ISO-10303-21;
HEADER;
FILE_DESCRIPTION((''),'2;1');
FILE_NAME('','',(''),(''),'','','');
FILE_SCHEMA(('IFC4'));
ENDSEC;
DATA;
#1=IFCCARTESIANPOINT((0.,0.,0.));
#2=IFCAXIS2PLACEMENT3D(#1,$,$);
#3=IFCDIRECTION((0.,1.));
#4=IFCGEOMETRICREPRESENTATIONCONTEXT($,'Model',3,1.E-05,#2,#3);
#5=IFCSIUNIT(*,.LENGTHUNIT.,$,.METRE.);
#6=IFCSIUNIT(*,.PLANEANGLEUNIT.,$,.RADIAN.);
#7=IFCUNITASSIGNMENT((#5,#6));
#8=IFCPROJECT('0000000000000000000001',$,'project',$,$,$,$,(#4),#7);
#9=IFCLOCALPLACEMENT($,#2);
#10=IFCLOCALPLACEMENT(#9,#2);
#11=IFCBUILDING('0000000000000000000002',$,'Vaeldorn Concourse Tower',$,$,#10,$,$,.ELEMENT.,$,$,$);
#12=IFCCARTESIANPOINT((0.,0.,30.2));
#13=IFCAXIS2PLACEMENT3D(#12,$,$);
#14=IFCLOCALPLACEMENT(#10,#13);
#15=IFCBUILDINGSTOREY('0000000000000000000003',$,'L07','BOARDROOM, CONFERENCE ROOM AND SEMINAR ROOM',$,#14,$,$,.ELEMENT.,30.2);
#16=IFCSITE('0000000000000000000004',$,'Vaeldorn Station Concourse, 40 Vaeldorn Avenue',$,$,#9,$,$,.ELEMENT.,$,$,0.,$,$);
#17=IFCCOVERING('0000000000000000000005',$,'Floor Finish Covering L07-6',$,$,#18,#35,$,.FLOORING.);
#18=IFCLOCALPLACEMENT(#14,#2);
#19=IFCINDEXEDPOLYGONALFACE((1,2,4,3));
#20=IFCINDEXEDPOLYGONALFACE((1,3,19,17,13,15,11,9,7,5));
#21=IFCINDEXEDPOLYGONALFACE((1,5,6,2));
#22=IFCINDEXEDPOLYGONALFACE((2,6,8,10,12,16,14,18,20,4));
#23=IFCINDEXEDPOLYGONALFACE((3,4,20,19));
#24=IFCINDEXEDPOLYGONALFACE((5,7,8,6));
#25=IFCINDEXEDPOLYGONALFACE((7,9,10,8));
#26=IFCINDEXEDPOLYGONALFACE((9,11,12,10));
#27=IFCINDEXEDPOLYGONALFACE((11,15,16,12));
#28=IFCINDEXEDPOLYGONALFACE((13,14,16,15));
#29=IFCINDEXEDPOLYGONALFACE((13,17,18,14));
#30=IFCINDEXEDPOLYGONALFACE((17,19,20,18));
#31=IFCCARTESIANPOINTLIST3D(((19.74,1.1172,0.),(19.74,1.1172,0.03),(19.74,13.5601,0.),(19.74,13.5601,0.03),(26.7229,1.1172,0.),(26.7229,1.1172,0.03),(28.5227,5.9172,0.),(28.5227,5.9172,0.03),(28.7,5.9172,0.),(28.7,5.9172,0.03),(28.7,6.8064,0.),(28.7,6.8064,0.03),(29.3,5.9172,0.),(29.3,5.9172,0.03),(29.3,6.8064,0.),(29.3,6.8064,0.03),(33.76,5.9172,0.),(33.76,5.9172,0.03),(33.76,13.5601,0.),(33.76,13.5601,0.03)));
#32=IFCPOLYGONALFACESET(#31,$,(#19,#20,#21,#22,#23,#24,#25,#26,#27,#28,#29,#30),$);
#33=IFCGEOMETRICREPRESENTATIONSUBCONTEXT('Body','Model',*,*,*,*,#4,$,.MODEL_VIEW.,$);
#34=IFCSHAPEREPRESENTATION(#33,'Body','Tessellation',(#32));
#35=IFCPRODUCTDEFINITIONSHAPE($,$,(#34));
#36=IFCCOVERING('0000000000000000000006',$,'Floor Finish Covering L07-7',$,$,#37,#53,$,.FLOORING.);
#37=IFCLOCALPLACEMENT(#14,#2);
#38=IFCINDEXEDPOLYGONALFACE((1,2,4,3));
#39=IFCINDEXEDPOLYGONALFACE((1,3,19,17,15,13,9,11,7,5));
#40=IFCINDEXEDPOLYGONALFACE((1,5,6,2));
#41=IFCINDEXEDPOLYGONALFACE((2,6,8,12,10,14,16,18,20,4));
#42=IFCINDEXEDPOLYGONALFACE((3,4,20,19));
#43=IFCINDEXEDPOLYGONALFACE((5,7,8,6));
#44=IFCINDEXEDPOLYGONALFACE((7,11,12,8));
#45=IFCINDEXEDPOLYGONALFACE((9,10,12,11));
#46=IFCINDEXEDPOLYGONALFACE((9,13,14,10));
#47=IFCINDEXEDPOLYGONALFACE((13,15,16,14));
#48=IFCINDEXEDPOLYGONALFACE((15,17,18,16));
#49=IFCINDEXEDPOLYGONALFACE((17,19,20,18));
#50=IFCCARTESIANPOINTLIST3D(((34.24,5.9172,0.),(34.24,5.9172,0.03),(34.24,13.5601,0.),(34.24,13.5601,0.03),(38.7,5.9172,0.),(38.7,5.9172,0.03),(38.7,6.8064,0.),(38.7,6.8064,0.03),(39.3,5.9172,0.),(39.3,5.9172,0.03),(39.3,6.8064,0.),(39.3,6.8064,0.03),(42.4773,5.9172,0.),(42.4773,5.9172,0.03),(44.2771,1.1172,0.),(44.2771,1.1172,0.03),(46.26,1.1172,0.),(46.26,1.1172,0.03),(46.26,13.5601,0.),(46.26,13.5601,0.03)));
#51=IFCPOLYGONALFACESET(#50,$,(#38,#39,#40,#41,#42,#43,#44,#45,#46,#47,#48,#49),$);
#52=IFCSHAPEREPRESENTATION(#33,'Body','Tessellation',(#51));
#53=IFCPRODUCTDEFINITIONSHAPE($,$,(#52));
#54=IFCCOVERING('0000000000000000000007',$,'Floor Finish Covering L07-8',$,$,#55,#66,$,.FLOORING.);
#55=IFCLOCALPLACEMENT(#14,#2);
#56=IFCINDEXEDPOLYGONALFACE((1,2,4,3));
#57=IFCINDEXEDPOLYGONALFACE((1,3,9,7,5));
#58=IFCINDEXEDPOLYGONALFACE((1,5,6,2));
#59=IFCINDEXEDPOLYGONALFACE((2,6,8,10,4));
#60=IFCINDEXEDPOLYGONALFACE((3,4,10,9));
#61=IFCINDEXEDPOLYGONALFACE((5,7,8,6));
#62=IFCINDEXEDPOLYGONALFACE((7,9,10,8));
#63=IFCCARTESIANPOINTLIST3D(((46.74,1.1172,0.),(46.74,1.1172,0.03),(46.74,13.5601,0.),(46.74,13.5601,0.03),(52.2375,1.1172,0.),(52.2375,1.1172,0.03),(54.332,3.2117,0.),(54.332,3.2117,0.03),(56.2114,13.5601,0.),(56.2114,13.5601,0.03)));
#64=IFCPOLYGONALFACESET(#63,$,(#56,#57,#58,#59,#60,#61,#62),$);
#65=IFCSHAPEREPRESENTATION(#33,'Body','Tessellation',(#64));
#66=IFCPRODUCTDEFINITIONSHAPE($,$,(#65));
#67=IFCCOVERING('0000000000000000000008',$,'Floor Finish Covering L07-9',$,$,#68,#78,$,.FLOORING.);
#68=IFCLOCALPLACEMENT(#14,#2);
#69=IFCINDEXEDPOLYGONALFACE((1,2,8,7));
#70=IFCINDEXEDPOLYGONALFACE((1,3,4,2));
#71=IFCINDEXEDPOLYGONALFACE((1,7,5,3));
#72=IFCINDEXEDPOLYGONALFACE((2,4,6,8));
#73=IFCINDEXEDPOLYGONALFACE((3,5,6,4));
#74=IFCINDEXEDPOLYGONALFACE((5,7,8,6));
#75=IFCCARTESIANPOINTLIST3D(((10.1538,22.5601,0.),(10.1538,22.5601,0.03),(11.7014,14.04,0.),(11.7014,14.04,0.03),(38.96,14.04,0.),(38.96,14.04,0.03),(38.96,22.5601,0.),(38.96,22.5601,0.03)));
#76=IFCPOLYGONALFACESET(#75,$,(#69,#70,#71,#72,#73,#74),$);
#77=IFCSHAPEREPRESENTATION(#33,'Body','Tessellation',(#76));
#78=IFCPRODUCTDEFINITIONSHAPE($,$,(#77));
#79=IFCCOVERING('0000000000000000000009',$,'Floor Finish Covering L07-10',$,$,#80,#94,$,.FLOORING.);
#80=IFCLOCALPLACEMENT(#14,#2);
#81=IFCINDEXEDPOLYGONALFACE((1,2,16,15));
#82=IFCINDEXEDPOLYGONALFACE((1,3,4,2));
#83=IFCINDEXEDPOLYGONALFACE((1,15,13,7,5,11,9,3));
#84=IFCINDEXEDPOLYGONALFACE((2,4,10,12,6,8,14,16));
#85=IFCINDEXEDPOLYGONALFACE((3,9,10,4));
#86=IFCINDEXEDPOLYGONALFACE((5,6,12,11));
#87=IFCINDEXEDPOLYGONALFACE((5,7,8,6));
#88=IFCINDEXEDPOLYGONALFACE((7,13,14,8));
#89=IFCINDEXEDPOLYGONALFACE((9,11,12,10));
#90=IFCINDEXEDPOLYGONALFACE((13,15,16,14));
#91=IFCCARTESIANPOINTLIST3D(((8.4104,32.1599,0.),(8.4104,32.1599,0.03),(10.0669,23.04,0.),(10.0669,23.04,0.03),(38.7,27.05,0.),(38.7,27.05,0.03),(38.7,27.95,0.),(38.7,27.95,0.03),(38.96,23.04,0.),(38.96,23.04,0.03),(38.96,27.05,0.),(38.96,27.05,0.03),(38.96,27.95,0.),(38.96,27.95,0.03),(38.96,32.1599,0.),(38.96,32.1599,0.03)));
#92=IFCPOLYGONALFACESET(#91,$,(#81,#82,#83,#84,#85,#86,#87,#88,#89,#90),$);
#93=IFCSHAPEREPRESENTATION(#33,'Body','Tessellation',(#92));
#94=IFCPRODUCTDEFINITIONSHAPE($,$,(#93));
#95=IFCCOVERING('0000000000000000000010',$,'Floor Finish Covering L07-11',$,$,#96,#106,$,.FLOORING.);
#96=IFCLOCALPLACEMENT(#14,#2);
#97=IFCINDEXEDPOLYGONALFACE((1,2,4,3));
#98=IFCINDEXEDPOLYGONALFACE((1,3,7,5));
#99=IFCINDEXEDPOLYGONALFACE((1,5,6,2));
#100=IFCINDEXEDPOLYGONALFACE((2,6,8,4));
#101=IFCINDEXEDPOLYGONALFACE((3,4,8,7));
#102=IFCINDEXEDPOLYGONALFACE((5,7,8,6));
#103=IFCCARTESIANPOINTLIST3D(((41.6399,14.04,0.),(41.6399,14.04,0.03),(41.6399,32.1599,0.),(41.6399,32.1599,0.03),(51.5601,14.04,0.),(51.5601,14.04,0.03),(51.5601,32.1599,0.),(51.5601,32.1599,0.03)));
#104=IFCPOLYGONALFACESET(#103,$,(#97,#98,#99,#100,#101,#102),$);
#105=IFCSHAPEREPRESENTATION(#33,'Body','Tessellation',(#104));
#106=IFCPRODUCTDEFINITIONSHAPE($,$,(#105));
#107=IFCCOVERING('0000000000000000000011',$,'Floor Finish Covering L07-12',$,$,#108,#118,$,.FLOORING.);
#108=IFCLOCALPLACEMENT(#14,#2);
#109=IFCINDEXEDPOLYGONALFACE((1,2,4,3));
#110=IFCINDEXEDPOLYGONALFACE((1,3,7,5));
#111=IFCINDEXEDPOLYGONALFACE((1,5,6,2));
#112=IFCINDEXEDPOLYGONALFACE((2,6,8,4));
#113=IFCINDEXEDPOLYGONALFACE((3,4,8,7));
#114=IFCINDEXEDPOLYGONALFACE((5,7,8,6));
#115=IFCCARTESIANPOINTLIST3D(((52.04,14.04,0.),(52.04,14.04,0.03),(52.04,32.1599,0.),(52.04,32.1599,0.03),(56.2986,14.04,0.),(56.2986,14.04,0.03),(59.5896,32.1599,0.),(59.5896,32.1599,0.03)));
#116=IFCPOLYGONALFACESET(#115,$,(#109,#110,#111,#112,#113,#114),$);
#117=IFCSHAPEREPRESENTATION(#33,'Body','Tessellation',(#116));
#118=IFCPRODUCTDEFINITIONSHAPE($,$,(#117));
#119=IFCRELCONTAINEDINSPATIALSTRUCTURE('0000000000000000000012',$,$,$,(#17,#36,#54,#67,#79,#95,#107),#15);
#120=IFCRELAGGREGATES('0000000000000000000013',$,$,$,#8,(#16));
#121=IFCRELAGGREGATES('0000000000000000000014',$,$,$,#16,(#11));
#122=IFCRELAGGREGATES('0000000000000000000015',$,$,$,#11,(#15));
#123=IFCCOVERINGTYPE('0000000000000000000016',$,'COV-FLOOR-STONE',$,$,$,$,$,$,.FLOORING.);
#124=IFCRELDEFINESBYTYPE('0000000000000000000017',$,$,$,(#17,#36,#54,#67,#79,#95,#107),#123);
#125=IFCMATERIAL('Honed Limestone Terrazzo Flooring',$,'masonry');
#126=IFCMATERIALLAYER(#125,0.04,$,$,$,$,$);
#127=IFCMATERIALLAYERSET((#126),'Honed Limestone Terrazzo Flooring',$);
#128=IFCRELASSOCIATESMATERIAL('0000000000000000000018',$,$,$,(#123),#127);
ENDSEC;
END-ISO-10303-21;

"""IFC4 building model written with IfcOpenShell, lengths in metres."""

from ifc_helpers import new_model, si_unit, direction, frame, origin, place, context, subcontext, project, spatial, polyline, outline, extrude, material, layer, layer_set, type_object, element, save


model = new_model("IFC4")

# Units and contexts
model_context = context("Model", 3, precision=1e-05, world=origin(), true_north=direction((0.0, 1.0)))
body_context = subcontext(model_context, "Body", "Model", "MODEL_VIEW")
ifc_project = project(units=[si_unit("LENGTHUNIT", "METRE"), si_unit("PLANEANGLEUNIT", "RADIAN")], contexts=[model_context])

# Site, building, storey
site_placement = place(None, origin())
site = spatial("IfcSite", under=ifc_project, at=site_placement, Name="Vaeldorn Station Concourse, 40 Vaeldorn Avenue", CompositionType="ELEMENT", RefElevation=0.0)
building_placement = place(site_placement, origin())
building = spatial("IfcBuilding", under=site, at=building_placement, Name="Vaeldorn Concourse Tower", CompositionType="ELEMENT")
storey_placement = place(building_placement, frame((0.0, 0.0, 30.2)))
storey = spatial("IfcBuildingStorey", under=building, at=storey_placement, Name="L07", Description="BOARDROOM, CONFERENCE ROOM AND SEMINAR ROOM", CompositionType="ELEMENT", Elevation=30.2)

# Coverings
ifc_material_1 = material(Name="Honed Limestone Terrazzo Flooring", Category="masonry")
ifc_layer_1 = layer(ifc_material_1, 0.04)
ifc_layer_set_1 = layer_set([ifc_layer_1], Name="Honed Limestone Terrazzo Flooring")
covering_type_1 = type_object("IfcCoveringType", Name="COV-FLOOR-STONE", PredefinedType="FLOORING", material=ifc_layer_set_1)
covering_1_placement = place(storey_placement, origin())
element("IfcCovering", 1, at=covering_1_placement, inside=storey, type_object=covering_type_1, Name="Floor Finish Covering L07-6", PredefinedType="FLOORING", context=body_context, shape_type="SweptSolid", body=[
    extrude(outline(polyline([(26.7229, 1.1172), (19.74, 1.1172), (19.74, 13.5601), (33.76, 13.5601), (33.76, 5.9172), (29.3, 5.9172), (29.3, 6.8064), (28.7, 6.8064), (28.7, 5.9172), (28.5227, 5.9172), (26.7229, 1.1172)])), origin(), (0.0, 0.0, 1.0), 0.03),
])
covering_2_placement = place(storey_placement, origin())
element("IfcCovering", 2, at=covering_2_placement, inside=storey, type_object=covering_type_1, Name="Floor Finish Covering L07-7", PredefinedType="FLOORING", context=body_context, shape_type="SweptSolid", body=[
    extrude(outline(polyline([(34.24, 13.5601), (46.26, 13.5601), (46.26, 1.1172), (44.2771, 1.1172), (42.4773, 5.9172), (39.3, 5.9172), (39.3, 6.8064), (38.7, 6.8064), (38.7, 5.9172), (34.24, 5.9172), (34.24, 13.5601)])), origin(), (0.0, 0.0, 1.0), 0.03),
])
covering_3_placement = place(storey_placement, origin())
element("IfcCovering", 3, at=covering_3_placement, inside=storey, type_object=covering_type_1, Name="Floor Finish Covering L07-8", PredefinedType="FLOORING", context=body_context, shape_type="SweptSolid", body=[
    extrude(outline(polyline([(52.2375, 1.1172), (46.74, 1.1172), (46.74, 13.5601), (56.2114, 13.5601), (54.332, 3.2117), (52.2375, 1.1172)])), origin(), (0.0, 0.0, 1.0), 0.03),
])
covering_4_placement = place(storey_placement, origin())
element("IfcCovering", 4, at=covering_4_placement, inside=storey, type_object=covering_type_1, Name="Floor Finish Covering L07-9", PredefinedType="FLOORING", context=body_context, shape_type="SweptSolid", body=[
    extrude(outline(polyline([(38.96, 22.5601), (38.96, 14.04), (11.7014, 14.04), (10.1538, 22.5601), (38.96, 22.5601)])), origin(), (0.0, 0.0, 1.0), 0.03),
])
covering_5_placement = place(storey_placement, origin())
element("IfcCovering", 5, at=covering_5_placement, inside=storey, type_object=covering_type_1, Name="Floor Finish Covering L07-10", PredefinedType="FLOORING", context=body_context, shape_type="SweptSolid", body=[
    extrude(outline(polyline([(38.96, 32.1599), (38.96, 27.95), (38.7, 27.95), (38.7, 27.05), (38.96, 27.05), (38.96, 23.04), (10.0669, 23.04), (8.4104, 32.1599), (38.96, 32.1599)])), origin(), (0.0, 0.0, 1.0), 0.03),
])
covering_6_placement = place(storey_placement, origin())
element("IfcCovering", 6, at=covering_6_placement, inside=storey, type_object=covering_type_1, Name="Floor Finish Covering L07-11", PredefinedType="FLOORING", context=body_context, shape_type="SweptSolid", body=[
    extrude(outline(polyline([(41.6399, 32.1599), (51.5601, 32.1599), (51.5601, 14.04), (41.6399, 14.04), (41.6399, 32.1599)])), origin(), (0.0, 0.0, 1.0), 0.03),
])
covering_7_placement = place(storey_placement, origin())
element("IfcCovering", 7, at=covering_7_placement, inside=storey, type_object=covering_type_1, Name="Floor Finish Covering L07-12", PredefinedType="FLOORING", context=body_context, shape_type="SweptSolid", body=[
    extrude(outline(polyline([(52.04, 14.04), (52.04, 32.1599), (59.5896, 32.1599), (56.2986, 14.04), (52.04, 14.04)])), origin(), (0.0, 0.0, 1.0), 0.03),
])

save(model, "model.ifc")
